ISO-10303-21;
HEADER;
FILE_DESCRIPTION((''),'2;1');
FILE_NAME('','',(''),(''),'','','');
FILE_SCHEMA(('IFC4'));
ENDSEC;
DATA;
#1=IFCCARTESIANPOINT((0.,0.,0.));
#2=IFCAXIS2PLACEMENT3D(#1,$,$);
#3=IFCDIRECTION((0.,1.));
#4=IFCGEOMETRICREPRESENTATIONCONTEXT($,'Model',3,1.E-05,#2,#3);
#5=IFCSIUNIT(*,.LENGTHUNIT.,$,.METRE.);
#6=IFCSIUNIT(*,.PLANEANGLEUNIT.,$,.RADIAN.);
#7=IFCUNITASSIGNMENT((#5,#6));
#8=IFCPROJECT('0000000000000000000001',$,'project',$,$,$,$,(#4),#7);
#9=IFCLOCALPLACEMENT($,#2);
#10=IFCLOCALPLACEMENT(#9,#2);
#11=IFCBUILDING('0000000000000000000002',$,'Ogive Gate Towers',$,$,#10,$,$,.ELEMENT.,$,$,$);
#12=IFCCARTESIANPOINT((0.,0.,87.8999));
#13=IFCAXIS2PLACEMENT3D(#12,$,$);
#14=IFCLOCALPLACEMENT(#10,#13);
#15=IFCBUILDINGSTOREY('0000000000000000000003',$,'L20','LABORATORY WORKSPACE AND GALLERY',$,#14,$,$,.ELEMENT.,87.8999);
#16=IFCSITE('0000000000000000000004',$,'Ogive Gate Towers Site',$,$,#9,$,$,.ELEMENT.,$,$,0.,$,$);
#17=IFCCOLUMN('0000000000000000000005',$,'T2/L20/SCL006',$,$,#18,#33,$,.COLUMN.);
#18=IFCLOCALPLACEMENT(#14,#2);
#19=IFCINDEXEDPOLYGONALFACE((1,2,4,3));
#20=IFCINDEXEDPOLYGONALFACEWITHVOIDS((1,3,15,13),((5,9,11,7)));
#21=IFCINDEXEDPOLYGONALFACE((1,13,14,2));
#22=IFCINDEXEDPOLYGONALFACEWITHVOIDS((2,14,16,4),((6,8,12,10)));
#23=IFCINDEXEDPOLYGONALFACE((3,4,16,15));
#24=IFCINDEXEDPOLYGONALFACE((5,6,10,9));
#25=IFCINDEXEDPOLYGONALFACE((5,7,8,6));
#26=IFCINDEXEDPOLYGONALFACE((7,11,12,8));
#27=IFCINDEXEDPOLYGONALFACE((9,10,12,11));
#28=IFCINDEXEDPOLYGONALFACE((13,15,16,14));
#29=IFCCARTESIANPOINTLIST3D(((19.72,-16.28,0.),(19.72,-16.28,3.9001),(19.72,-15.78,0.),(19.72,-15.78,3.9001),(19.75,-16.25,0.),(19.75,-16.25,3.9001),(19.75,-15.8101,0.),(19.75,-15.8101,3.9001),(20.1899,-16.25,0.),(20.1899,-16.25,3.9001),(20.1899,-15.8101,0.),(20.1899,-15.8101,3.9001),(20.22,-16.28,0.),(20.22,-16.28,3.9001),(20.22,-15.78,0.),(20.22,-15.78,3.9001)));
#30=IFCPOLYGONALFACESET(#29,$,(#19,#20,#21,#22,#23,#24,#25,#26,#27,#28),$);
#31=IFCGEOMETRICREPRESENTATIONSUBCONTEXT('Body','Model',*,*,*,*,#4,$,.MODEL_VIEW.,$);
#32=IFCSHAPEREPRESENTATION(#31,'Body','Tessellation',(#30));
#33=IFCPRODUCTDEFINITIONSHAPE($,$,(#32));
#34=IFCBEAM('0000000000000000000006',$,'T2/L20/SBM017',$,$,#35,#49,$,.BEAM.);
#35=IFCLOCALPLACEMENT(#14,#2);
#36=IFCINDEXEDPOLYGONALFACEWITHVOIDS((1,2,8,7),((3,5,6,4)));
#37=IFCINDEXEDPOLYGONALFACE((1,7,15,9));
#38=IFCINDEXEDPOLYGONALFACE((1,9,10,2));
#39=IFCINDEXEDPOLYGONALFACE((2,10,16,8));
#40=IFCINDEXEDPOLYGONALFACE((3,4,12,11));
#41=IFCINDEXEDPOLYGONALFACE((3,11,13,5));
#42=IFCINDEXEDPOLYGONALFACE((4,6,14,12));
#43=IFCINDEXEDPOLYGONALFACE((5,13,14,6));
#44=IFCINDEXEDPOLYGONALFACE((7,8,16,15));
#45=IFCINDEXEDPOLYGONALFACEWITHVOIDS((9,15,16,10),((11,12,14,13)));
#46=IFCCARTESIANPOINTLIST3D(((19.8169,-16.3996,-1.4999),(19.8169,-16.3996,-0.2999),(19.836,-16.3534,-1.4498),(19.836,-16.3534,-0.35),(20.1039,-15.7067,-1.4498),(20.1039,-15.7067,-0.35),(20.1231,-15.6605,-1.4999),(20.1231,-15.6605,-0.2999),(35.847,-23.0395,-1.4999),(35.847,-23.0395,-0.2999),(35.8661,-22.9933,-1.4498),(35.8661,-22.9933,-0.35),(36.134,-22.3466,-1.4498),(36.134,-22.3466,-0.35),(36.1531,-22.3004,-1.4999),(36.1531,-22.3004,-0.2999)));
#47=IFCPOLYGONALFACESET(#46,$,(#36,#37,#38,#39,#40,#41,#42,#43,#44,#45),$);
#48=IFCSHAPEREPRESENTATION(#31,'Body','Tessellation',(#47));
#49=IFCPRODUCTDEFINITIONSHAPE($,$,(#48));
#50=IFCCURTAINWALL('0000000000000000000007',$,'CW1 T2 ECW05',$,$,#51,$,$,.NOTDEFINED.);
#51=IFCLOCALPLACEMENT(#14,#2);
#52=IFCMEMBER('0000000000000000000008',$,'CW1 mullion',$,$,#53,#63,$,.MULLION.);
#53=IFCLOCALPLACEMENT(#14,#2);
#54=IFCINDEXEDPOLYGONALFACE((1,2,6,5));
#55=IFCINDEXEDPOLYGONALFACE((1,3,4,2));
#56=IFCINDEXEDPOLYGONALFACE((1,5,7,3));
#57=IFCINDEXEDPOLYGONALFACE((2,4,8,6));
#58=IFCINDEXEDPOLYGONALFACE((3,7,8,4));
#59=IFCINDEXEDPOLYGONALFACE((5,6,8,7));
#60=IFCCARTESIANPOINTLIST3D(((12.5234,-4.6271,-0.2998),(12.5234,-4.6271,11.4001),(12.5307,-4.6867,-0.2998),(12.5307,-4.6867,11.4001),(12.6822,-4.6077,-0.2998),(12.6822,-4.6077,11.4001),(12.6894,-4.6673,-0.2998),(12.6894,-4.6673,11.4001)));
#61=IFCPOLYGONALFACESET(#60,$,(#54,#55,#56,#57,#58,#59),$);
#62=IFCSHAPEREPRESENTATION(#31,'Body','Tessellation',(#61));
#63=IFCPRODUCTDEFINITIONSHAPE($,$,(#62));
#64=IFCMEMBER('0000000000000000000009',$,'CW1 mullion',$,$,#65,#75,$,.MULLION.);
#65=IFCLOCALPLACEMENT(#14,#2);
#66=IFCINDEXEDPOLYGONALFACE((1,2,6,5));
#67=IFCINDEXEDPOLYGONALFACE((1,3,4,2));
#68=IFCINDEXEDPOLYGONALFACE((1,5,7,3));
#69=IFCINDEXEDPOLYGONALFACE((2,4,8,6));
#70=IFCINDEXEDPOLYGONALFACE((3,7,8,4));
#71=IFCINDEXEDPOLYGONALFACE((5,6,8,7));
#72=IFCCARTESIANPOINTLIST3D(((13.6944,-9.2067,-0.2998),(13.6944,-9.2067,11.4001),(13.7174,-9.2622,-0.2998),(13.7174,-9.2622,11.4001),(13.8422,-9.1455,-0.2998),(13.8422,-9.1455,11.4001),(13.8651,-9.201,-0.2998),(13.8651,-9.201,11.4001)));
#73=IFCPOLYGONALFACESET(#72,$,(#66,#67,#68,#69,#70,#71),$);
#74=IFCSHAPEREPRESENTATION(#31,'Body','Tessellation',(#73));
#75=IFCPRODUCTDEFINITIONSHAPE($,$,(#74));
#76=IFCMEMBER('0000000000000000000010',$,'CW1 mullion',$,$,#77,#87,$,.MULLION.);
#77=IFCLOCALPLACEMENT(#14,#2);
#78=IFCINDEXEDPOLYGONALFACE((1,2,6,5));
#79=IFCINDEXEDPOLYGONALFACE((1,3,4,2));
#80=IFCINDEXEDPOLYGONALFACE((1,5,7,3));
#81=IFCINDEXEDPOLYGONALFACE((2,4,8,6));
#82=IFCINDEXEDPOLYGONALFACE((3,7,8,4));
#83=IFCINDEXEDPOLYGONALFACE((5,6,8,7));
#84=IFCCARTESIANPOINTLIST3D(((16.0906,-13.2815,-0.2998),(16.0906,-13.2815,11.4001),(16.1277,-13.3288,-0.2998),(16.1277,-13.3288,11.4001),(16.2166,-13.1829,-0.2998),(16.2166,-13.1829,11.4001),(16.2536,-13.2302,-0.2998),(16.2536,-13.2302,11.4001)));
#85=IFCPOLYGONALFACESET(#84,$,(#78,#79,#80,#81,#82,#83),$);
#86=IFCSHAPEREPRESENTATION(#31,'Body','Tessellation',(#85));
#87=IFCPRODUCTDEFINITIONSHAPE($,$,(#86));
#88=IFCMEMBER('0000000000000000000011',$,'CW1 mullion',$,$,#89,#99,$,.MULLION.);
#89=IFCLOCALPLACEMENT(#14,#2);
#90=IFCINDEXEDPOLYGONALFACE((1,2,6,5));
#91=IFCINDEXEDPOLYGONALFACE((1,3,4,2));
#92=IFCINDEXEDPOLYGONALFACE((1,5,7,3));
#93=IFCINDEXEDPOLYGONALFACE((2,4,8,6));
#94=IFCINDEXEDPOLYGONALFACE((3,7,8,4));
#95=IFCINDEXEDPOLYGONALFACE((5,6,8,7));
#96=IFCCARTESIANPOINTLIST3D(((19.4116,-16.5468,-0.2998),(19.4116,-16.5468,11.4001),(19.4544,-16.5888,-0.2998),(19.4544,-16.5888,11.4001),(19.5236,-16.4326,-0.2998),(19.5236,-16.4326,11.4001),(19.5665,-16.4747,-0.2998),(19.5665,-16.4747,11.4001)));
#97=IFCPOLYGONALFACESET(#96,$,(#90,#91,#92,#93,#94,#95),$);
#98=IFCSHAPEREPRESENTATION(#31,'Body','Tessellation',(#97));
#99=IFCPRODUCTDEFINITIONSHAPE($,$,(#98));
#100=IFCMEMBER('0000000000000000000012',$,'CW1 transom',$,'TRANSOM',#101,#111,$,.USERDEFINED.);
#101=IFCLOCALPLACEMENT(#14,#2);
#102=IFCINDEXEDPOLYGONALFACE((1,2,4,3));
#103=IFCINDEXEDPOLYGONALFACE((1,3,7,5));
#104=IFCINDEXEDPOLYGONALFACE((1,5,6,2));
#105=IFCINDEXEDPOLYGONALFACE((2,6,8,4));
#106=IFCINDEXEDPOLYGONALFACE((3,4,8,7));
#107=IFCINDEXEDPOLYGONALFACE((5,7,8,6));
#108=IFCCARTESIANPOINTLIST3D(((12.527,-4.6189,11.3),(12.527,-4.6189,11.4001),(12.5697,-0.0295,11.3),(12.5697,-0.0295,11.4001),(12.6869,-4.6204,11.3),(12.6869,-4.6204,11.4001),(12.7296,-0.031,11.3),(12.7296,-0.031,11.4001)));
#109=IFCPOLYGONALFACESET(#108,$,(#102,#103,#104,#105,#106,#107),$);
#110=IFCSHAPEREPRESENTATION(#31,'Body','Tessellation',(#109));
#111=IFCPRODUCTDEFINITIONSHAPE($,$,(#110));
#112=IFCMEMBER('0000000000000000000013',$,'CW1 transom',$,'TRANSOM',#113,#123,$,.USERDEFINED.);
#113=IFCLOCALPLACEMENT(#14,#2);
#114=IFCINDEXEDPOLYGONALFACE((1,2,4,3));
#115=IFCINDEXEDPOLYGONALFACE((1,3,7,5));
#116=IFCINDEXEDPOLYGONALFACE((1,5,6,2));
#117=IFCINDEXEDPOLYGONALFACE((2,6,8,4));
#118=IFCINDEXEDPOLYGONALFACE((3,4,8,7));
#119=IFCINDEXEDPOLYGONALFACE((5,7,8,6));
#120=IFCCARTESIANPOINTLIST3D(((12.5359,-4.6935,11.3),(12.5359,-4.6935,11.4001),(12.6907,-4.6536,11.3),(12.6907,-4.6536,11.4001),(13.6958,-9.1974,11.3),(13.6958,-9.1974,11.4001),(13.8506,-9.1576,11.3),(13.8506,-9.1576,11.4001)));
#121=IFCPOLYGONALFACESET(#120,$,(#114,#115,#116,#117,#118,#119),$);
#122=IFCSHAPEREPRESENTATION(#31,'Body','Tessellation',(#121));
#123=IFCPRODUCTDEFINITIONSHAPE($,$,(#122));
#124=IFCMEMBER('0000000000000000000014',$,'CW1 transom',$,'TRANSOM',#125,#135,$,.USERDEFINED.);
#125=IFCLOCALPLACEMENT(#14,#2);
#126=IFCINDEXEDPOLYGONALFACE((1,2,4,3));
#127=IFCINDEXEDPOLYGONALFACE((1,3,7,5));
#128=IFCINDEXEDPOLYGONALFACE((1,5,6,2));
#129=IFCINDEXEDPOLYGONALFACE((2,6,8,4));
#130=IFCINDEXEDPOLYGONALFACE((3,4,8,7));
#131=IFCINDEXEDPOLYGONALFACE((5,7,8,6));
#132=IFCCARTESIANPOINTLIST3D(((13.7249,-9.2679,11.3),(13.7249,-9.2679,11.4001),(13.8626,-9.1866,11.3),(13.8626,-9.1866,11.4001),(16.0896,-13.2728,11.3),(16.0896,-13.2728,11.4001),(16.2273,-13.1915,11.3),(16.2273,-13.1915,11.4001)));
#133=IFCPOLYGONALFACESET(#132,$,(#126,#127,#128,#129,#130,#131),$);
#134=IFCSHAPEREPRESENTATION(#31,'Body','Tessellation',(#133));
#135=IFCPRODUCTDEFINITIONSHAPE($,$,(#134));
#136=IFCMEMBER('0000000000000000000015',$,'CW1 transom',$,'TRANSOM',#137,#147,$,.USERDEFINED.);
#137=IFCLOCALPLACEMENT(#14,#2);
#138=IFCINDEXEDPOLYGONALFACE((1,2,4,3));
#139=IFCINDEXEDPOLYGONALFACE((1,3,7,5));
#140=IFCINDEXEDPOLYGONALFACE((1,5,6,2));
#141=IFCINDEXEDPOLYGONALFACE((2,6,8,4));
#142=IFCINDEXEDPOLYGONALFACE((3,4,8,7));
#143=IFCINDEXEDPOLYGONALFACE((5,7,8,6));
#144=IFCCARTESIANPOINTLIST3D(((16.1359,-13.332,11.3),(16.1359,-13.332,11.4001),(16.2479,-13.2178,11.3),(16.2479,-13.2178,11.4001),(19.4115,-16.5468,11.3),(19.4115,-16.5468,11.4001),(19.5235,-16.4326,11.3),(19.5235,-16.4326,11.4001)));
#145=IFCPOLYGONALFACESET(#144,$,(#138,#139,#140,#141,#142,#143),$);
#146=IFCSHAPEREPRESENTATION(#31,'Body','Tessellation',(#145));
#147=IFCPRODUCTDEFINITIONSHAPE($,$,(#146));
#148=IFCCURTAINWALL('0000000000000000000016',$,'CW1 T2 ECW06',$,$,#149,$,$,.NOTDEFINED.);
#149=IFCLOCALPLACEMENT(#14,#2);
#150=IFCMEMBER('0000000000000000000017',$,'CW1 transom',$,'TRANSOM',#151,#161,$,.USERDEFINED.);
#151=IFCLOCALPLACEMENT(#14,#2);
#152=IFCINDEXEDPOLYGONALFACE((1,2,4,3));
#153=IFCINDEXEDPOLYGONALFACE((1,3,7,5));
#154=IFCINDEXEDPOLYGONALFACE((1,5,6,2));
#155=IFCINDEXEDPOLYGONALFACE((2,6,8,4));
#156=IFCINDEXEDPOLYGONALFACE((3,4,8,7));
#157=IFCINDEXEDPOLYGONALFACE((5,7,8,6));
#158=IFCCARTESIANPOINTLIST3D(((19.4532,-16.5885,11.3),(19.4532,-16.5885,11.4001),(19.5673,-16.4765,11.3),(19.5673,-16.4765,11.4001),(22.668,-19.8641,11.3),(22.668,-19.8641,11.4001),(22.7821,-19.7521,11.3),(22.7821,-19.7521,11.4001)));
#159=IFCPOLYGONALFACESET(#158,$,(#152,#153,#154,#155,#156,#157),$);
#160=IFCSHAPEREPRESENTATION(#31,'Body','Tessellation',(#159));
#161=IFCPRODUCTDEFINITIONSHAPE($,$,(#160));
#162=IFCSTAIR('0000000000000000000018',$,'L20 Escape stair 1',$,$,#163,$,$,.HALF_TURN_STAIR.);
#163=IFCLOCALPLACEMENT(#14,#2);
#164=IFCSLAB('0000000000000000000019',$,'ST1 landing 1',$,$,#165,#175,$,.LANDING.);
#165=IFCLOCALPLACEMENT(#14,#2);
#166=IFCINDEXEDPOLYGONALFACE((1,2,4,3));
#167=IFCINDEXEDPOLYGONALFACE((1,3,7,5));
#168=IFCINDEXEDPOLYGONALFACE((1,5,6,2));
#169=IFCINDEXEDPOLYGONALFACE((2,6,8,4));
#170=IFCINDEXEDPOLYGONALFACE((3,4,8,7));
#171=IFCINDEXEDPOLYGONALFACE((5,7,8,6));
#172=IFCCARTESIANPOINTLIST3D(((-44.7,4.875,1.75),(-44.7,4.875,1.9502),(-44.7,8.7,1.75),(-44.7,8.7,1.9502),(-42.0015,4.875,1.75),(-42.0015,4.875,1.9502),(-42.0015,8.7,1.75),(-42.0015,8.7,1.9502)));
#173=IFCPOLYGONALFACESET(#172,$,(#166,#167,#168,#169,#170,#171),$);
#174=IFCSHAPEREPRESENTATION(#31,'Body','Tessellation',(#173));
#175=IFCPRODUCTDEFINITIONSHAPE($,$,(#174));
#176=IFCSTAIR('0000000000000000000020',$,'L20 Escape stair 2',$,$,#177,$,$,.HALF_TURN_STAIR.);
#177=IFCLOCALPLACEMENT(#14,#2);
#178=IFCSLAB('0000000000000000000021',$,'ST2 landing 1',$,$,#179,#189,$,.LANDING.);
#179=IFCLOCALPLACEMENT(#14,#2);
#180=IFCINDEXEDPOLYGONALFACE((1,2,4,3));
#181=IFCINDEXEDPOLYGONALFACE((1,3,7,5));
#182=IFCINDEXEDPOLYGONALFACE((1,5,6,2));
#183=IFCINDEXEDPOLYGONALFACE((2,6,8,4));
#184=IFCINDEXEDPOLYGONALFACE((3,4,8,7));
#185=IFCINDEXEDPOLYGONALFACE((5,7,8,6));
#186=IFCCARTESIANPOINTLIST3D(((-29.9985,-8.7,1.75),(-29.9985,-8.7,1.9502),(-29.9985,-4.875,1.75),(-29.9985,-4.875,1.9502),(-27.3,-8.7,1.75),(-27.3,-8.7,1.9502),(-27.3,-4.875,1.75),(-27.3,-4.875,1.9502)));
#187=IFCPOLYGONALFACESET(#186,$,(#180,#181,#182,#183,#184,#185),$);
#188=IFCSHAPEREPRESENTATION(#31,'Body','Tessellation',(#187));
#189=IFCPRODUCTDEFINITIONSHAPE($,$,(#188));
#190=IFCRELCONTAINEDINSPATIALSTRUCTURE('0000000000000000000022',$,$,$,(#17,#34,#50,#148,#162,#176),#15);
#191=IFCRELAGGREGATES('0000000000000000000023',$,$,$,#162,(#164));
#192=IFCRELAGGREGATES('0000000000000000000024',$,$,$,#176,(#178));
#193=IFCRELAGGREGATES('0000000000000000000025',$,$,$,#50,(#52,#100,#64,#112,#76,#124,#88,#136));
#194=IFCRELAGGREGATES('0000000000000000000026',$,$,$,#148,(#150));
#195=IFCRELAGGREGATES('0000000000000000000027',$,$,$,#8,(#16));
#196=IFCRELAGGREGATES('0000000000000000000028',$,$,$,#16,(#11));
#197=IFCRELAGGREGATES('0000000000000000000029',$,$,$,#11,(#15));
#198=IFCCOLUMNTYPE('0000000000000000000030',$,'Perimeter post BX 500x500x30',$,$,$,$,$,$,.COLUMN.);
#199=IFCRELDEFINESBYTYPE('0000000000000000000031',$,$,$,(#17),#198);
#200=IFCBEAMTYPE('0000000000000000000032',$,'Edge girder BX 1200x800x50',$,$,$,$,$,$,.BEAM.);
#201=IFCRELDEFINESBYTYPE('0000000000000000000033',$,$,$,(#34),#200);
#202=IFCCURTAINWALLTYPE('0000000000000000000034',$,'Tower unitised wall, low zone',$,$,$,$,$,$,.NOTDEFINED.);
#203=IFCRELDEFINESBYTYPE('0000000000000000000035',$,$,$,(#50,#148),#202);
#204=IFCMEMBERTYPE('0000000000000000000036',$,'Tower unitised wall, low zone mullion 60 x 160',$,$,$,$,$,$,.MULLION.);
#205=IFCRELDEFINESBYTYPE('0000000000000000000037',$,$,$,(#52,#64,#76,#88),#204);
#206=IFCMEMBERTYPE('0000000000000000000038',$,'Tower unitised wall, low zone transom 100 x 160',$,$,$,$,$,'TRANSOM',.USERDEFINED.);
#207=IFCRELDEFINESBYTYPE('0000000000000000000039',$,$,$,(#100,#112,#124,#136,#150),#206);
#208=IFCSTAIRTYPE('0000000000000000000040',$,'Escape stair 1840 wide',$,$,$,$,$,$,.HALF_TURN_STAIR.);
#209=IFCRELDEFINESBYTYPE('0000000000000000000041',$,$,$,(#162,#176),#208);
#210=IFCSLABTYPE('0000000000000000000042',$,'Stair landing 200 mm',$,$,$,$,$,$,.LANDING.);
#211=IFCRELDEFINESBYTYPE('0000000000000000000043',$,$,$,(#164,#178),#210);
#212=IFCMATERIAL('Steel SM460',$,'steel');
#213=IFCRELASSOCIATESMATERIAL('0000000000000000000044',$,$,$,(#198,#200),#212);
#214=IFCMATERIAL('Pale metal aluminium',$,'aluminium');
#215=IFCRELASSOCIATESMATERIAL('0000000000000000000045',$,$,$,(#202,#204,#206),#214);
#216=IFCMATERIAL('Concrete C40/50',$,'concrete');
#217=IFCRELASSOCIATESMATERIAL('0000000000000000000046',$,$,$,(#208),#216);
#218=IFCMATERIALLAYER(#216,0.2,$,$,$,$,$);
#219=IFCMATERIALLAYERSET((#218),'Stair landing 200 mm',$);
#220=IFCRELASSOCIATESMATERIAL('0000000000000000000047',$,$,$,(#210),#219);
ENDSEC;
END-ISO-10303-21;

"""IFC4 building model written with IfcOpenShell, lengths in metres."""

from ifc_helpers import new_model, si_unit, direction, frame, origin, origin_2d, place, context, subcontext, project, spatial, polyline, rectangle, hollow_rectangle, outline, extrude, material, layer, layer_set, material_profile, profile_set, type_object, element, aggregate, save


model = new_model("IFC4")

# Units and contexts
model_context = context("Model", 3, precision=1e-05, world=origin(), true_north=direction((0.0, 1.0)))
body_context = subcontext(model_context, "Body", "Model", "MODEL_VIEW")
ifc_project = project(units=[si_unit("LENGTHUNIT", "METRE"), si_unit("PLANEANGLEUNIT", "RADIAN")], contexts=[model_context])

# Site, building, storey
site_placement = place(None, origin())
site = spatial("IfcSite", under=ifc_project, at=site_placement, Name="Ogive Gate Towers Site", CompositionType="ELEMENT", RefElevation=0.0)
building_placement = place(site_placement, origin())
building = spatial("IfcBuilding", under=site, at=building_placement, Name="Ogive Gate Towers", CompositionType="ELEMENT")
storey_placement = place(building_placement, frame((0.0, 0.0, 87.8999)))
storey = spatial("IfcBuildingStorey", under=building, at=storey_placement, Name="L20", Description="LABORATORY WORKSPACE AND GALLERY", CompositionType="ELEMENT", Elevation=87.8999)

# Column
ifc_material_1 = material(Name="Steel SM460", Category="steel")
ifc_material_profile_1 = material_profile(ifc_material_1, hollow_rectangle(XDim=0.5, YDim=0.5, WallThickness=0.03, at=origin_2d()), Name="BX 500x500x30")
ifc_profile_set_1 = profile_set([ifc_material_profile_1], Name="Steel SM460")
column_type = type_object("IfcColumnType", Name="Perimeter post BX 500x500x30", PredefinedType="COLUMN", material=ifc_profile_set_1)
column_placement = place(storey_placement, frame((19.97, -16.03, 0.0), z_axis=(0.0, 0.0, 1.0), x_axis=(1.0, 0.0, 0.0)))
element("IfcColumn", 1, at=column_placement, inside=storey, type_object=column_type, Name="T2/L20/SCL006", PredefinedType="COLUMN", context=body_context, shape_type="SweptSolid", body=[
    extrude(hollow_rectangle(XDim=0.5, YDim=0.5, WallThickness=0.03, at=origin_2d()), origin(), (0.0, 0.0, 1.0), 3.9001),
])

# Beam
ifc_material_profile_2 = material_profile(ifc_material_1, hollow_rectangle(XDim=0.8, YDim=1.2, WallThickness=0.05, at=origin_2d()), Name="BX 1200x800x50")
ifc_profile_set_2 = profile_set([ifc_material_profile_2], Name="Steel SM460")
beam_type = type_object("IfcBeamType", Name="Edge girder BX 1200x800x50", PredefinedType="BEAM", material=ifc_profile_set_2)
beam_placement = place(storey_placement, frame((19.97, -16.03, -0.8999), z_axis=(0.923879, -0.382685, 0.0), x_axis=(0.382685, 0.923879, 0.0)))
element("IfcBeam", 2, at=beam_placement, inside=storey, type_object=beam_type, Name="T2/L20/SBM017", PredefinedType="BEAM", context=body_context, shape_type="SweptSolid", body=[
    extrude(hollow_rectangle(XDim=0.8, YDim=1.2, WallThickness=0.05, at=origin_2d()), origin(), (0.0, 0.0, 1.0), 17.3508),
])

# Curtain wall, members
ifc_material_2 = material(Name="Pale metal aluminium", Category="aluminium")
curtain_wall_type = type_object("IfcCurtainWallType", Name="Tower unitised wall, low zone", PredefinedType="NOTDEFINED", material=ifc_material_2)
curtain_wall_1_placement = place(storey_placement, origin())
curtain_wall_1 = element("IfcCurtainWall", 3, at=curtain_wall_1_placement, inside=storey, type_object=curtain_wall_type, Name="CW1 T2 ECW05", PredefinedType="NOTDEFINED")
ifc_material_profile_3 = material_profile(ifc_material_2, rectangle(XDim=0.1599, YDim=0.0601, at=origin_2d()), Name="60 x 160 aluminium box")
ifc_profile_set_3 = profile_set([ifc_material_profile_3], Name="Pale metal aluminium")
member_type_1 = type_object("IfcMemberType", Name="Tower unitised wall, low zone mullion 60 x 160", PredefinedType="MULLION", material=ifc_profile_set_3)
member_1_placement = place(storey_placement, frame((12.6064, -4.6472, -0.2998), z_axis=(0.0, 0.0, 1.0), x_axis=(-0.992648, -0.121038, 0.0)))
member_1 = element("IfcMember", 4, at=member_1_placement, type_object=member_type_1, Name="CW1 mullion", PredefinedType="MULLION", context=body_context, shape_type="SweptSolid", body=[
    extrude(rectangle(XDim=0.1599, YDim=0.0601, at=origin_2d()), origin(), (0.0, 0.0, 1.0), 11.7),
])
member_2_placement = place(storey_placement, frame((13.7798, -9.2039, -0.2998), z_axis=(0.0, 0.0, 1.0), x_axis=(-0.92388, -0.382683, 0.0)))
member_2 = element("IfcMember", 5, at=member_2_placement, type_object=member_type_1, Name="CW1 mullion", PredefinedType="MULLION", context=body_context, shape_type="SweptSolid", body=[
    extrude(rectangle(XDim=0.1599, YDim=0.0601, at=origin_2d()), origin(), (0.0, 0.0, 1.0), 11.7),
])
member_3_placement = place(storey_placement, frame((16.1721, -13.2559, -0.2998), z_axis=(0.0, 0.0, 1.0), x_axis=(-0.787495, -0.616321, 0.0)))
member_3 = element("IfcMember", 6, at=member_3_placement, type_object=member_type_1, Name="CW1 mullion", PredefinedType="MULLION", context=body_context, shape_type="SweptSolid", body=[
    extrude(rectangle(XDim=0.1599, YDim=0.0601, at=origin_2d()), origin(), (0.0, 0.0, 1.0), 11.7),
])
member_4_placement = place(storey_placement, frame((19.489, -16.5107, -0.2998), z_axis=(0.0, 0.0, 1.0), x_axis=(-0.700473, -0.713678, 0.0)))
member_4 = element("IfcMember", 7, at=member_4_placement, type_object=member_type_1, Name="CW1 mullion", PredefinedType="MULLION", context=body_context, shape_type="SweptSolid", body=[
    extrude(rectangle(XDim=0.1599, YDim=0.0601, at=origin_2d()), origin(), (0.0, 0.0, 1.0), 11.7),
])
ifc_material_profile_4 = material_profile(ifc_material_2, rectangle(XDim=0.1599, YDim=0.1001, at=origin_2d()), Name="100 x 160 aluminium box")
ifc_profile_set_4 = profile_set([ifc_material_profile_4], Name="Pale metal aluminium")
member_type_2 = type_object("IfcMemberType", Name="Tower unitised wall, low zone transom 100 x 160", ElementType="TRANSOM", PredefinedType="USERDEFINED", material=ifc_profile_set_4)
member_5_placement = place(storey_placement, frame((12.6497, -0.0303, 11.3501), z_axis=(-0.009309, -0.999957, 0.0), x_axis=(0.999957, -0.009309, 0.0)))
member_5 = element("IfcMember", 8, at=member_5_placement, type_object=member_type_2, Name="CW1 transom", ObjectType="TRANSOM", PredefinedType="USERDEFINED", context=body_context, shape_type="SweptSolid", body=[
    extrude(rectangle(XDim=0.1599, YDim=0.1001, at=origin_2d()), origin(), (0.0, 0.0, 1.0), 4.5896),
])
member_6_placement = place(storey_placement, frame((12.6133, -4.6736, 11.3501), z_axis=(0.249397, -0.968401, 0.0), x_axis=(0.968401, 0.249397, 0.0)))
member_6 = element("IfcMember", 9, at=member_6_placement, type_object=member_type_2, Name="CW1 transom", ObjectType="TRANSOM", PredefinedType="USERDEFINED", context=body_context, shape_type="SweptSolid", body=[
    extrude(rectangle(XDim=0.1599, YDim=0.1001, at=origin_2d()), origin(), (0.0, 0.0, 1.0), 4.6509),
])
member_7_placement = place(storey_placement, frame((13.7937, -9.2273, 11.3501), z_axis=(0.508446, -0.861094, 0.0), x_axis=(0.861094, 0.508446, 0.0)))
member_7 = element("IfcMember", 10, at=member_7_placement, type_object=member_type_2, Name="CW1 transom", ObjectType="TRANSOM", PredefinedType="USERDEFINED", context=body_context, shape_type="SweptSolid", body=[
    extrude(rectangle(XDim=0.1599, YDim=0.1001, at=origin_2d()), origin(), (0.0, 0.0, 1.0), 4.6509),
])
member_8_placement = place(storey_placement, frame((16.1919, -13.2749, 11.3501), z_axis=(0.713698, -0.700453, 0.0), x_axis=(0.700453, 0.713698, 0.0)))
member_8 = element("IfcMember", 11, at=member_8_placement, type_object=member_type_2, Name="CW1 transom", ObjectType="TRANSOM", PredefinedType="USERDEFINED", context=body_context, shape_type="SweptSolid", body=[
    extrude(rectangle(XDim=0.1599, YDim=0.1001, at=origin_2d()), origin(), (0.0, 0.0, 1.0), 4.5896),
])

# Curtain wall, member
curtain_wall_2_placement = place(storey_placement, origin())
curtain_wall_2 = element("IfcCurtainWall", 12, at=curtain_wall_2_placement, inside=storey, type_object=curtain_wall_type, Name="CW1 T2 ECW06", PredefinedType="NOTDEFINED")
member_9_placement = place(storey_placement, frame((19.5103, -16.5325, 11.3501), z_axis=(0.700453, -0.713698, 0.0), x_axis=(0.713698, 0.700453, 0.0)))
member_9 = element("IfcMember", 13, at=member_9_placement, type_object=member_type_2, Name="CW1 transom", ObjectType="TRANSOM", PredefinedType="USERDEFINED", context=body_context, shape_type="SweptSolid", body=[
    extrude(rectangle(XDim=0.1599, YDim=0.1001, at=origin_2d()), origin(), (0.0, 0.0, 1.0), 4.5896),
])

# Stairs, slabs
ifc_material_3 = material(Name="Concrete C40/50", Category="concrete")
stair_type = type_object("IfcStairType", Name="Escape stair 1840 wide", PredefinedType="HALF_TURN_STAIR", material=ifc_material_3)
stair_1_placement = place(storey_placement, origin())
stair_1 = element("IfcStair", 14, at=stair_1_placement, inside=storey, type_object=stair_type, Name="L20 Escape stair 1", PredefinedType="HALF_TURN_STAIR")
ifc_layer_1 = layer(ifc_material_3, 0.2)
ifc_layer_set_1 = layer_set([ifc_layer_1], Name="Stair landing 200 mm")
slab_type = type_object("IfcSlabType", Name="Stair landing 200 mm", PredefinedType="LANDING", material=ifc_layer_set_1)
slab_1_placement = place(storey_placement, frame((0.0, 0.0, 1.75)))
slab_1 = element("IfcSlab", 15, at=slab_1_placement, type_object=slab_type, Name="ST1 landing 1", PredefinedType="LANDING", context=body_context, shape_type="SweptSolid", body=[
    extrude(outline(polyline([(-42.0015, 8.7), (-44.7, 8.7), (-44.7, 4.875), (-42.0015, 4.875), (-42.0015, 8.7)])), origin(), (0.0, 0.0, 1.0), 0.2002),
])
aggregate(stair_1, [slab_1])
stair_2_placement = place(storey_placement, origin())
stair_2 = element("IfcStair", 16, at=stair_2_placement, inside=storey, type_object=stair_type, Name="L20 Escape stair 2", PredefinedType="HALF_TURN_STAIR")
slab_2_placement = place(storey_placement, frame((0.0, 0.0, 1.75)))
slab_2 = element("IfcSlab", 17, at=slab_2_placement, type_object=slab_type, Name="ST2 landing 1", PredefinedType="LANDING", context=body_context, shape_type="SweptSolid", body=[
    extrude(outline(polyline([(-29.9985, -8.7), (-27.3, -8.7), (-27.3, -4.875), (-29.9985, -4.875), (-29.9985, -8.7)])), origin(), (0.0, 0.0, 1.0), 0.2002),
])
aggregate(stair_2, [slab_2])

aggregate(curtain_wall_1, [member_1, member_5, member_2, member_6, member_3, member_7, member_4, member_8])
aggregate(curtain_wall_2, [member_9])

save(model, "model.ifc")
